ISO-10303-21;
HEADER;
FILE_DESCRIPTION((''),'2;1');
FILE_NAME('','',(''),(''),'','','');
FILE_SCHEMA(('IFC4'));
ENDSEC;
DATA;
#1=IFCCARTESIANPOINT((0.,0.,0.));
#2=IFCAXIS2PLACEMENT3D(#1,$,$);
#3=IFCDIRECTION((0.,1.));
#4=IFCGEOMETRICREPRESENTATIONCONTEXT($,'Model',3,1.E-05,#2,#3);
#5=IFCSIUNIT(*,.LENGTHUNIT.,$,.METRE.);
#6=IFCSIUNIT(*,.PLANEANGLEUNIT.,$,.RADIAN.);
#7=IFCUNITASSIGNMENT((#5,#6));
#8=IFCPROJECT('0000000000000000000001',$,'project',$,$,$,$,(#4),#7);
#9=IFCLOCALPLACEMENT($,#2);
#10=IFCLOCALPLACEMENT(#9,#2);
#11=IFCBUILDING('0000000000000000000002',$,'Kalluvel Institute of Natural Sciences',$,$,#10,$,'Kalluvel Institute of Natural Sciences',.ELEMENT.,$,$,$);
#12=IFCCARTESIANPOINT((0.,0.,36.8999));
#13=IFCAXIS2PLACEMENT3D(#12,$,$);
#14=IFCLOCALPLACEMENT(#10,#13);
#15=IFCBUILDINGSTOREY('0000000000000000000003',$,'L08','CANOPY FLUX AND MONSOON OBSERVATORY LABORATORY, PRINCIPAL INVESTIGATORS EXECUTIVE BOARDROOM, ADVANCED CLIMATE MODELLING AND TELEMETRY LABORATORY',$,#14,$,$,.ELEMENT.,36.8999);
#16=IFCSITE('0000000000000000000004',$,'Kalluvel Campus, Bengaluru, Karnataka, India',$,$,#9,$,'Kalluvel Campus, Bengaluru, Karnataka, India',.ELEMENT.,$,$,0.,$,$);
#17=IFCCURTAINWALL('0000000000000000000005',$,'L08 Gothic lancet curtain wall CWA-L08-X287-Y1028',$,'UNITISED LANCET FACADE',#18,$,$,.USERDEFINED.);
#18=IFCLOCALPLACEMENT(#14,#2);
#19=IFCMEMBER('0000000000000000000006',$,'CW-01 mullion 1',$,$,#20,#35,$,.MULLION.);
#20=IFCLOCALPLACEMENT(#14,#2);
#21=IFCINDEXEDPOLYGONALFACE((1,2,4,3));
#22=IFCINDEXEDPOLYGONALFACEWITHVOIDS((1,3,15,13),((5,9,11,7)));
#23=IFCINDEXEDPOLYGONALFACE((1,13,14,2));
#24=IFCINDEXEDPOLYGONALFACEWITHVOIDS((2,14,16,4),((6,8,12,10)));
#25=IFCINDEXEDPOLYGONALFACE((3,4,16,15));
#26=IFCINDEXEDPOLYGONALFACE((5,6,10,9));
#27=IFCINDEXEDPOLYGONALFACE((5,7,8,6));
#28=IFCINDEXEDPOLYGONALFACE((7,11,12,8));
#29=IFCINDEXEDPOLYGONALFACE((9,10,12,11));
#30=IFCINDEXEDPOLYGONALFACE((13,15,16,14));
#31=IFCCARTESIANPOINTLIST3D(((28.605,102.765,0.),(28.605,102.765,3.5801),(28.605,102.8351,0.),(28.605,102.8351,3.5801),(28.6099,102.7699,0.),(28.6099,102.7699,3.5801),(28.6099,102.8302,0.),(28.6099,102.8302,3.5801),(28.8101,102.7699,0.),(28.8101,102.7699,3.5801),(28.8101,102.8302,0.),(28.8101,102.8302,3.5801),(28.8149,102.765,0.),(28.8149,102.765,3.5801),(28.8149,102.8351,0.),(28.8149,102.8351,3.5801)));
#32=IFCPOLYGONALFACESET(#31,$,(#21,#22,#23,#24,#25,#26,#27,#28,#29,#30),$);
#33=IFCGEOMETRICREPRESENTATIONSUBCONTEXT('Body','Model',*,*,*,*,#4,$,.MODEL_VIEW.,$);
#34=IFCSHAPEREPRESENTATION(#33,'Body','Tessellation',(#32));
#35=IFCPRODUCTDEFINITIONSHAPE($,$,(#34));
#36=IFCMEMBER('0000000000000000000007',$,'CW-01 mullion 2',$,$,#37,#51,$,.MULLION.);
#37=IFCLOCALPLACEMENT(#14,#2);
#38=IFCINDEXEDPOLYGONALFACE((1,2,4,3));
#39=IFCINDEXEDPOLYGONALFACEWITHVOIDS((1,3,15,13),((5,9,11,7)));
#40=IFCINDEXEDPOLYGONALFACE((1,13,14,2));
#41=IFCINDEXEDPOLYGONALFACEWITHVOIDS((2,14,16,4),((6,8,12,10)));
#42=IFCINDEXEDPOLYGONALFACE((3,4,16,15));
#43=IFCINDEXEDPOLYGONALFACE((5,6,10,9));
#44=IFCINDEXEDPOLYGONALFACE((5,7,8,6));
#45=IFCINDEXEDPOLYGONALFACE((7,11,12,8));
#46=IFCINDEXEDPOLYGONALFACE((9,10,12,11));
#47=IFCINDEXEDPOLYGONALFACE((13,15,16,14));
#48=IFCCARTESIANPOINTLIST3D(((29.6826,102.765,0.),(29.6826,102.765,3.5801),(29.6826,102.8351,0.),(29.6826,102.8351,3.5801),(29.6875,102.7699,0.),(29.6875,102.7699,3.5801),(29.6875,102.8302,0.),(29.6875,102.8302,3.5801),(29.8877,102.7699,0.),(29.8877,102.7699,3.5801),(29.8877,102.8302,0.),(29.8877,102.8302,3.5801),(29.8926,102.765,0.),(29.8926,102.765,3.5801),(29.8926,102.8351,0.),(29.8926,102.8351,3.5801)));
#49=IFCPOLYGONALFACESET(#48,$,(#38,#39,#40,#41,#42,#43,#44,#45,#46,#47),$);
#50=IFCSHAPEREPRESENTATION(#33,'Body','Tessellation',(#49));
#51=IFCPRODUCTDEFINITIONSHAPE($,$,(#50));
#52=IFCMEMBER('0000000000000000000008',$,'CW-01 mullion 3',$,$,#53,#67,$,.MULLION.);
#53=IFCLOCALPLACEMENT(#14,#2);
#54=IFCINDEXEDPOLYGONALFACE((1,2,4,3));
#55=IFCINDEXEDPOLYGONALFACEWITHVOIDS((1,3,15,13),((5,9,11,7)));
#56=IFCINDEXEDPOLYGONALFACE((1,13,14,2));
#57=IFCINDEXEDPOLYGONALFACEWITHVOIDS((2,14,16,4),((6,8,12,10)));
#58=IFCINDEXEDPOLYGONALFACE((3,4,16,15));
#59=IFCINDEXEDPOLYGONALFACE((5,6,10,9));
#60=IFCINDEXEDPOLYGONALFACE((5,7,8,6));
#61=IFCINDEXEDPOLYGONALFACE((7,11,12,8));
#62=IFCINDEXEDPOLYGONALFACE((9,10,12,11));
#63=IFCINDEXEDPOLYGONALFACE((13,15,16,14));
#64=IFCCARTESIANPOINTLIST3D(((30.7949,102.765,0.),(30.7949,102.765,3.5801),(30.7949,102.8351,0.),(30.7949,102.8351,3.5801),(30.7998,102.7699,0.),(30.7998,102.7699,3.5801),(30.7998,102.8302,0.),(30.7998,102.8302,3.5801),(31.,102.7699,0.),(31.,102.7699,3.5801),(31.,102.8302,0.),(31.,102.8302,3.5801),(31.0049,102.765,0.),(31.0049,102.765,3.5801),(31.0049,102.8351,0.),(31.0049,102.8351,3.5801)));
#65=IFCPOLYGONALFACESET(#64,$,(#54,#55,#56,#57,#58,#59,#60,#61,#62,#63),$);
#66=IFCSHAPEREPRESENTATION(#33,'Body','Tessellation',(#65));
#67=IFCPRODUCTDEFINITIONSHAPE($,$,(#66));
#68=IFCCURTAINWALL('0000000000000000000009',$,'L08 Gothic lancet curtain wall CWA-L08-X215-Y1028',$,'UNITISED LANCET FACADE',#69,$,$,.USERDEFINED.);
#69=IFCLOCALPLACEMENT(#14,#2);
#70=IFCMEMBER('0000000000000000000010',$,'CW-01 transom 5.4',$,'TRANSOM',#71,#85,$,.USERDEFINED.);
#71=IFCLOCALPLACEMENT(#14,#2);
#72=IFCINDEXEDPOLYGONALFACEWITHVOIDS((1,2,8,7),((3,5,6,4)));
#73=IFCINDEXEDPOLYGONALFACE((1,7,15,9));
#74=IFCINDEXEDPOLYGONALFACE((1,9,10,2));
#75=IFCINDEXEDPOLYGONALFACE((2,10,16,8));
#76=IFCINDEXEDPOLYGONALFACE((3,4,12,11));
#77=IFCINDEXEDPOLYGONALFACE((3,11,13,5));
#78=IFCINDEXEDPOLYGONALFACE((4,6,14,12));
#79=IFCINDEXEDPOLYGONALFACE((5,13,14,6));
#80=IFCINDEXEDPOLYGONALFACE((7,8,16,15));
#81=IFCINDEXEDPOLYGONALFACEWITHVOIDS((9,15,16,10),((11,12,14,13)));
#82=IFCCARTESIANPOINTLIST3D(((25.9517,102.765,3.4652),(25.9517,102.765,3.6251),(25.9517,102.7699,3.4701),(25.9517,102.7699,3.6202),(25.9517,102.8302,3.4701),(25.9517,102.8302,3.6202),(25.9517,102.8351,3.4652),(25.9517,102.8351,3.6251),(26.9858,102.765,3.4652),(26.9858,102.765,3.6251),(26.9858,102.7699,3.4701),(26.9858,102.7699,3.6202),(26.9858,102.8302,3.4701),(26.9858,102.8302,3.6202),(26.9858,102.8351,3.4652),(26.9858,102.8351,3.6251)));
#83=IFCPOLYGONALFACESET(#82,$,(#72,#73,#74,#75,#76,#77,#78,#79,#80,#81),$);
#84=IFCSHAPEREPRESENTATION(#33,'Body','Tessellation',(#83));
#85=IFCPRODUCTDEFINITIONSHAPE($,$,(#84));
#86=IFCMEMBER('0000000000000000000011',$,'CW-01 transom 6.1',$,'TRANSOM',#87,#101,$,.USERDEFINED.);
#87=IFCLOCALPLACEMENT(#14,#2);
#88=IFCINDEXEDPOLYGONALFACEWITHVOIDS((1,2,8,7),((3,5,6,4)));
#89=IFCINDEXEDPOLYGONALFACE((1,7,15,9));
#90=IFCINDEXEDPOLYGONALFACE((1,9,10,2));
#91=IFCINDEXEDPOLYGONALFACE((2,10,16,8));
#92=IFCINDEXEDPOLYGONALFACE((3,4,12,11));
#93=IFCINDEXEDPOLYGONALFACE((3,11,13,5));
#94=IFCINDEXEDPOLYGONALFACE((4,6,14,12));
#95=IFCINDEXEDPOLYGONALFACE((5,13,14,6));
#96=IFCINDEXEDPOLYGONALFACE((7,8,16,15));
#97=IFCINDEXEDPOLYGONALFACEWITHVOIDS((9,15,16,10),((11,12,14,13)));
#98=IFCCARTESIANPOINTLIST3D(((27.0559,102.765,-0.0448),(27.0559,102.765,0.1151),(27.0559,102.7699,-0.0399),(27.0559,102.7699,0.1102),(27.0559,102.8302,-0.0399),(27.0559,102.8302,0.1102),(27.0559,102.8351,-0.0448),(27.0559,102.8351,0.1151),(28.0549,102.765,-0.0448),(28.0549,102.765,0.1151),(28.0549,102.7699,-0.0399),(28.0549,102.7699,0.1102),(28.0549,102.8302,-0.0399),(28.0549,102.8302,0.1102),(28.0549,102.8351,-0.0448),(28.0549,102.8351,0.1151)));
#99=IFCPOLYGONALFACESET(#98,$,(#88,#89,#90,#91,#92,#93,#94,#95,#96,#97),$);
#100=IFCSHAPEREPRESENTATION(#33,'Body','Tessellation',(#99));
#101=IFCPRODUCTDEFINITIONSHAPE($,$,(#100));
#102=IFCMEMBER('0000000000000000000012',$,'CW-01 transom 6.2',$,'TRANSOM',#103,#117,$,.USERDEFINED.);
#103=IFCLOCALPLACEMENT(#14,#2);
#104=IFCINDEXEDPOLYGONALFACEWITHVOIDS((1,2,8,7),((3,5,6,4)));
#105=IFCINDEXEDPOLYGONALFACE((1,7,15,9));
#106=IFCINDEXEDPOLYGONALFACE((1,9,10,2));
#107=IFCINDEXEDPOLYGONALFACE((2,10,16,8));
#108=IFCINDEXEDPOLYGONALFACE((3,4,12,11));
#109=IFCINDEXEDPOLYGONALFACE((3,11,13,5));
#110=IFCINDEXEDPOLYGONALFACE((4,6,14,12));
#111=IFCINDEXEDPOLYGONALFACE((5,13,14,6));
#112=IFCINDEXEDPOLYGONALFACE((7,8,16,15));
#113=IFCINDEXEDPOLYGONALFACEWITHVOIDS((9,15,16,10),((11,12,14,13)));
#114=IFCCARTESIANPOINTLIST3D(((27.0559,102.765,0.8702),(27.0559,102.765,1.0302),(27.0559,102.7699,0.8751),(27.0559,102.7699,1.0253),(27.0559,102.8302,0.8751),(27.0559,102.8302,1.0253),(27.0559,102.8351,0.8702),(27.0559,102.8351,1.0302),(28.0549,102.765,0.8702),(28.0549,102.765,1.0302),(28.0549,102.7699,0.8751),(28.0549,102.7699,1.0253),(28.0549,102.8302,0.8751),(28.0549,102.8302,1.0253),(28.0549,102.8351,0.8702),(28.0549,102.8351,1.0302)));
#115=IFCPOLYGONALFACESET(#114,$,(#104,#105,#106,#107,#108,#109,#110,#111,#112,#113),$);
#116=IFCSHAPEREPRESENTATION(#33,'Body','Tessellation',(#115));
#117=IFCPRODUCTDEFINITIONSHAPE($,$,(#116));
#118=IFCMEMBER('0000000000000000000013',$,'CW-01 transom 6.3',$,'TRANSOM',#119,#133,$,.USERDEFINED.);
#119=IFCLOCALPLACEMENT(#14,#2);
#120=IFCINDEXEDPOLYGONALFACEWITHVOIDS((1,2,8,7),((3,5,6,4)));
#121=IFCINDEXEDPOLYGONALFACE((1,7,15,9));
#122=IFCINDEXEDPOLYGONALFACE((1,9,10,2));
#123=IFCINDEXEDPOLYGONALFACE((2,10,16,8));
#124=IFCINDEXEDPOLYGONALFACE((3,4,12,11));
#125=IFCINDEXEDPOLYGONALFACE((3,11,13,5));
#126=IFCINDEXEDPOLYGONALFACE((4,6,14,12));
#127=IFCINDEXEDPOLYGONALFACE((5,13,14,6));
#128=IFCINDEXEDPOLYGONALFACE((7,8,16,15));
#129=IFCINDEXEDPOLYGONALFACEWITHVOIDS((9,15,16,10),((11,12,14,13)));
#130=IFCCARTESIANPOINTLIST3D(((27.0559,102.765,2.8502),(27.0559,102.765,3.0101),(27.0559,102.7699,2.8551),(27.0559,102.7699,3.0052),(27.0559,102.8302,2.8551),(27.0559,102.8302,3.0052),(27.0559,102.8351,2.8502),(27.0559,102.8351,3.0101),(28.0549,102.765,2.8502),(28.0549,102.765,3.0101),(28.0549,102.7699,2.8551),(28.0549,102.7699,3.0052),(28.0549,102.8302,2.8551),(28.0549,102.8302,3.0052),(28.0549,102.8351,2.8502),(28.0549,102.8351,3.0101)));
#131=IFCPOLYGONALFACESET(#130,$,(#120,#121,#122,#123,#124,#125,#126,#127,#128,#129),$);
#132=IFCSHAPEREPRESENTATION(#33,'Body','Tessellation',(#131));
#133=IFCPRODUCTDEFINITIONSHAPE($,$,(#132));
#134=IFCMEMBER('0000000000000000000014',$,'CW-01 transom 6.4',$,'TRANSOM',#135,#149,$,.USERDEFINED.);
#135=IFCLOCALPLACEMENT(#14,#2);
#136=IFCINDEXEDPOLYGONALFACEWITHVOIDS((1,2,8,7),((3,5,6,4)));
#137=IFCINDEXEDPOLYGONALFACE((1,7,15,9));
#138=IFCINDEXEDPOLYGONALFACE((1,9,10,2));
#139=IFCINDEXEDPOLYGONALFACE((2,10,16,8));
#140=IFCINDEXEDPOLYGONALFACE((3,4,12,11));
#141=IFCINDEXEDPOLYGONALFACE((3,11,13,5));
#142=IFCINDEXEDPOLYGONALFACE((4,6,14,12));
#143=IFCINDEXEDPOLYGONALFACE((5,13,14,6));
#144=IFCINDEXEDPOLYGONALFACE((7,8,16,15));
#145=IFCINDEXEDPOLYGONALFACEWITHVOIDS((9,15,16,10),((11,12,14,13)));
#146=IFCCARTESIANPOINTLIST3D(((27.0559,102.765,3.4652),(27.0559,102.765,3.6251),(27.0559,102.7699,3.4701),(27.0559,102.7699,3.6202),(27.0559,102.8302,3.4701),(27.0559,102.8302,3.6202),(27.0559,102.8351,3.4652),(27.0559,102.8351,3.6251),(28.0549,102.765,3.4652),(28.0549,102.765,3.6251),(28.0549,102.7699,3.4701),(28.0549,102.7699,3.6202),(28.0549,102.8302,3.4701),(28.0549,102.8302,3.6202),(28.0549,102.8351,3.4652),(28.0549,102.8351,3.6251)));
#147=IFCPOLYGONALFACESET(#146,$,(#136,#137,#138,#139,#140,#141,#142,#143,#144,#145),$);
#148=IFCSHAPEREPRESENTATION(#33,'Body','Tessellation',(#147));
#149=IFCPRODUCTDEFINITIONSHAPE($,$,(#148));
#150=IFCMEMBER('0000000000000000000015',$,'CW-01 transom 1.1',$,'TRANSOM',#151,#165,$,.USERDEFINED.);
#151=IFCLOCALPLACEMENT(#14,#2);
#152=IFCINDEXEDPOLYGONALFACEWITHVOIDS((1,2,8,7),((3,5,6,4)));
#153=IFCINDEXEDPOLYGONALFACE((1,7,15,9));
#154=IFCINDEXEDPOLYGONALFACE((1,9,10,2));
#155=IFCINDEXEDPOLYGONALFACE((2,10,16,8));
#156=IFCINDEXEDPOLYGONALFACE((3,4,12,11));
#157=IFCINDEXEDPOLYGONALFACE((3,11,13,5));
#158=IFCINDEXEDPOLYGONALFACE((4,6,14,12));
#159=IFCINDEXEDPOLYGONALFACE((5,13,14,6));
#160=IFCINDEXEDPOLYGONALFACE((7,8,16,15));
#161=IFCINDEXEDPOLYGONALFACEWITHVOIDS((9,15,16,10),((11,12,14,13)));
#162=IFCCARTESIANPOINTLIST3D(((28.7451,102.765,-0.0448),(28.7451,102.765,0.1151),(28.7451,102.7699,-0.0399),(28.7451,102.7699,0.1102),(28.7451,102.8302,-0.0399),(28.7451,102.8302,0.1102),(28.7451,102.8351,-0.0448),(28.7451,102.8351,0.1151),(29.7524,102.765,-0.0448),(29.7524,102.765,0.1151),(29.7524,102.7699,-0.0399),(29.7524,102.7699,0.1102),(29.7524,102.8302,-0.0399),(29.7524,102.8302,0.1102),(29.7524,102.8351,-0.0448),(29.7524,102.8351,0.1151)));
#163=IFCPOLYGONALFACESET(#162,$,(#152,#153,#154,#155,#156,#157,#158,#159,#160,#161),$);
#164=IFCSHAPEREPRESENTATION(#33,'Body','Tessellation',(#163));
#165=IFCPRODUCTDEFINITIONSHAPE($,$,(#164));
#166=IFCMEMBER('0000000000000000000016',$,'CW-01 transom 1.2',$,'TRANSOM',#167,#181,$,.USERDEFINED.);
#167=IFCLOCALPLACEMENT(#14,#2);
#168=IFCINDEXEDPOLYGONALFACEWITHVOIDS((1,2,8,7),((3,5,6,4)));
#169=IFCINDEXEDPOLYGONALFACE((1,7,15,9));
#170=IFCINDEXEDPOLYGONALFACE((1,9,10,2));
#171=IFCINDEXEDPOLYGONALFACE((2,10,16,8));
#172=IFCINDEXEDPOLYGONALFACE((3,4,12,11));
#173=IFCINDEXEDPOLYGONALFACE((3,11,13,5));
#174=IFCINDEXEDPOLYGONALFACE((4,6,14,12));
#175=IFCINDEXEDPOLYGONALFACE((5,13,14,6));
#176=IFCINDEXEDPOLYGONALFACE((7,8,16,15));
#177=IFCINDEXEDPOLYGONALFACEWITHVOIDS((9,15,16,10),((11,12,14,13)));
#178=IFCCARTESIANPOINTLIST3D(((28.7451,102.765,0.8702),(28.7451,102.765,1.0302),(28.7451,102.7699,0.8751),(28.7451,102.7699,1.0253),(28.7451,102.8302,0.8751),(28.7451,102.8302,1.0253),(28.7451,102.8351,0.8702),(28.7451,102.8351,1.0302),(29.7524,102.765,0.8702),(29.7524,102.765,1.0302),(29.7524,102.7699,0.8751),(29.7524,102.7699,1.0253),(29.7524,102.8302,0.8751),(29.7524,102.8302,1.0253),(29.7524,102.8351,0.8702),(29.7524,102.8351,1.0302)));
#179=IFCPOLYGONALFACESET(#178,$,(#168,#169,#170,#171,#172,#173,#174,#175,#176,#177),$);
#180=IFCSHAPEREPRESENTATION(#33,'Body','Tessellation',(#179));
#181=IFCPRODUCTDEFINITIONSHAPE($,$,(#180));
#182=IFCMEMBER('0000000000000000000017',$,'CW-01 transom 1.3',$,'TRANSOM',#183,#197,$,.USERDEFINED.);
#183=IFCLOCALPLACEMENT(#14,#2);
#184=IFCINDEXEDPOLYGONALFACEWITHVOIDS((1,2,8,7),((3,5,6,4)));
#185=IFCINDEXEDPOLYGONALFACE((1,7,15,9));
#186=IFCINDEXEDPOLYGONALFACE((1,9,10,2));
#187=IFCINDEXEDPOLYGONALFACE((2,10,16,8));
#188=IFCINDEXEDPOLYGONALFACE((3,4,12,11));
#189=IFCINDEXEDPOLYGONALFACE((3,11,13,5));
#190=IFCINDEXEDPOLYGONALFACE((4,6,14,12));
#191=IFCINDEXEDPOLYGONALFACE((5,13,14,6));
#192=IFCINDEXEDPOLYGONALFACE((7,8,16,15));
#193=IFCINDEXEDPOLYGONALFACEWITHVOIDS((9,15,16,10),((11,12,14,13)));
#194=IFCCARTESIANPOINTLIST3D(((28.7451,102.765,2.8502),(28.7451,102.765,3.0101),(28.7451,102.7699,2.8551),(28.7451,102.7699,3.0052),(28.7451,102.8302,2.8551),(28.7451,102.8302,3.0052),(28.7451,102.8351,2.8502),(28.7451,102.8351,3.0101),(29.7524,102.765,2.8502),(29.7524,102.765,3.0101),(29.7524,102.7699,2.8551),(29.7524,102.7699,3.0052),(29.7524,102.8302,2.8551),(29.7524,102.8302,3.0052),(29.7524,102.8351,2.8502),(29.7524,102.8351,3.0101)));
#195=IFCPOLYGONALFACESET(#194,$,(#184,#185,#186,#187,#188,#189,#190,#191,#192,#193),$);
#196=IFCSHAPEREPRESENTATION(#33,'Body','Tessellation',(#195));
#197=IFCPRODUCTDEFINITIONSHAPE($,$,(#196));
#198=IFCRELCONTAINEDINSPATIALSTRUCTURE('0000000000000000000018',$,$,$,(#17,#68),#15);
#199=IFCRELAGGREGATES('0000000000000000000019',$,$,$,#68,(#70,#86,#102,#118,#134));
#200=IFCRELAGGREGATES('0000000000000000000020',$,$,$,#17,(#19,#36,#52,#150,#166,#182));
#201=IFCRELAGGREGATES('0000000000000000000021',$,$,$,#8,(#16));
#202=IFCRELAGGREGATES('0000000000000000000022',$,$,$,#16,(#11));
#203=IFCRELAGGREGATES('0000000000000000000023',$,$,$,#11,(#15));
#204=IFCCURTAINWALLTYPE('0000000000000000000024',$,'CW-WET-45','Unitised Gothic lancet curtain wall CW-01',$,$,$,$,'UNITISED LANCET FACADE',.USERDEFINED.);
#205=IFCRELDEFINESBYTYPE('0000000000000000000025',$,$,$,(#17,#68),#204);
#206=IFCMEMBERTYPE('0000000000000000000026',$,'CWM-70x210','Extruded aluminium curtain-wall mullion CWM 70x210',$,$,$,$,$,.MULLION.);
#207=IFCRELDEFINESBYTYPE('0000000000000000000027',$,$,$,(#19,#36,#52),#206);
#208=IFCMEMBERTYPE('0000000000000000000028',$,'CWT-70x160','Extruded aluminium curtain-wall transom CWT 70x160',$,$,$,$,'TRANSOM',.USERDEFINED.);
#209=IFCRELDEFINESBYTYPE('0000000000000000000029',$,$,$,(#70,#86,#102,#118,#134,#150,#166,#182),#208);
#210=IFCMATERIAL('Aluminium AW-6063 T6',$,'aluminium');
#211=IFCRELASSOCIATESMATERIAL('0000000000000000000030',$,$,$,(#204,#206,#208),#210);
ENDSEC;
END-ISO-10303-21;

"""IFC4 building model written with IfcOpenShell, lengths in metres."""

from ifc_helpers import new_model, si_unit, direction, frame, origin, origin_2d, place, context, subcontext, project, spatial, hollow_rectangle, extrude, material, material_profile, profile_set, type_object, element, aggregate, save


model = new_model("IFC4")

# Units and contexts
model_context = context("Model", 3, precision=1e-05, world=origin(), true_north=direction((0.0, 1.0)))
body_context = subcontext(model_context, "Body", "Model", "MODEL_VIEW")
ifc_project = project(units=[si_unit("LENGTHUNIT", "METRE"), si_unit("PLANEANGLEUNIT", "RADIAN")], contexts=[model_context])

# Site, building, storey
site_placement = place(None, origin())
site = spatial("IfcSite", under=ifc_project, at=site_placement, Name="Kalluvel Campus, Bengaluru, Karnataka, India", LongName="Kalluvel Campus, Bengaluru, Karnataka, India", CompositionType="ELEMENT", RefElevation=0.0)
building_placement = place(site_placement, origin())
building = spatial("IfcBuilding", under=site, at=building_placement, Name="Kalluvel Institute of Natural Sciences", LongName="Kalluvel Institute of Natural Sciences", CompositionType="ELEMENT")
storey_placement = place(building_placement, frame((0.0, 0.0, 36.8999)))
storey = spatial("IfcBuildingStorey", under=building, at=storey_placement, Name="L08", Description="CANOPY FLUX AND MONSOON OBSERVATORY LABORATORY, PRINCIPAL INVESTIGATORS EXECUTIVE BOARDROOM, ADVANCED CLIMATE MODELLING AND TELEMETRY LABORATORY", CompositionType="ELEMENT", Elevation=36.8999)

# Curtain walls, members
ifc_material_1 = material(Name="Aluminium AW-6063 T6", Category="aluminium")
curtain_wall_type = type_object("IfcCurtainWallType", Name="CW-WET-45", Description="Unitised Gothic lancet curtain wall CW-01", ElementType="UNITISED LANCET FACADE", PredefinedType="USERDEFINED", material=ifc_material_1)
curtain_wall_1_placement = place(storey_placement, origin())
curtain_wall_1 = element("IfcCurtainWall", 1, at=curtain_wall_1_placement, inside=storey, type_object=curtain_wall_type, Name="L08 Gothic lancet curtain wall CWA-L08-X287-Y1028", ObjectType="UNITISED LANCET FACADE", PredefinedType="USERDEFINED")
ifc_material_profile_1 = material_profile(ifc_material_1, hollow_rectangle(XDim=0.0701, YDim=0.21, WallThickness=0.0049, at=origin_2d()), Name="CWM 70x210")
ifc_profile_set_1 = profile_set([ifc_material_profile_1], Name="Aluminium AW-6063 T6")
member_type_1 = type_object("IfcMemberType", Name="CWM-70x210", Description="Extruded aluminium curtain-wall mullion CWM 70x210", PredefinedType="MULLION", material=ifc_profile_set_1)
member_1_placement = place(storey_placement, frame((28.71, 102.8, 0.0), z_axis=(0.0, 0.0, 1.0), x_axis=(0.0, 1.0, 0.0)))
member_1 = element("IfcMember", 2, at=member_1_placement, type_object=member_type_1, Name="CW-01 mullion 1", PredefinedType="MULLION", context=body_context, shape_type="SweptSolid", body=[
    extrude(hollow_rectangle(XDim=0.0701, YDim=0.21, WallThickness=0.0049, at=origin_2d()), origin(), (0.0, 0.0, 1.0), 3.5801),
])
member_2_placement = place(storey_placement, frame((29.7876, 102.8, 0.0), z_axis=(0.0, 0.0, 1.0), x_axis=(0.0, 1.0, 0.0)))
member_2 = element("IfcMember", 3, at=member_2_placement, type_object=member_type_1, Name="CW-01 mullion 2", PredefinedType="MULLION", context=body_context, shape_type="SweptSolid", body=[
    extrude(hollow_rectangle(XDim=0.0701, YDim=0.21, WallThickness=0.0049, at=origin_2d()), origin(), (0.0, 0.0, 1.0), 3.5801),
])
member_3_placement = place(storey_placement, frame((30.8999, 102.8, 0.0), z_axis=(0.0, 0.0, 1.0), x_axis=(0.0, 1.0, 0.0)))
member_3 = element("IfcMember", 4, at=member_3_placement, type_object=member_type_1, Name="CW-01 mullion 3", PredefinedType="MULLION", context=body_context, shape_type="SweptSolid", body=[
    extrude(hollow_rectangle(XDim=0.0701, YDim=0.21, WallThickness=0.0049, at=origin_2d()), origin(), (0.0, 0.0, 1.0), 3.5801),
])
curtain_wall_2_placement = place(storey_placement, origin())
curtain_wall_2 = element("IfcCurtainWall", 5, at=curtain_wall_2_placement, inside=storey, type_object=curtain_wall_type, Name="L08 Gothic lancet curtain wall CWA-L08-X215-Y1028", ObjectType="UNITISED LANCET FACADE", PredefinedType="USERDEFINED")
ifc_material_profile_2 = material_profile(ifc_material_1, hollow_rectangle(XDim=0.0701, YDim=0.1599, WallThickness=0.0049, at=origin_2d()), Name="CWT 70x160")
ifc_profile_set_2 = profile_set([ifc_material_profile_2], Name="Aluminium AW-6063 T6")
member_type_2 = type_object("IfcMemberType", Name="CWT-70x160", Description="Extruded aluminium curtain-wall transom CWT 70x160", ElementType="TRANSOM", PredefinedType="USERDEFINED", material=ifc_profile_set_2)
member_4_placement = place(storey_placement, frame((25.9517, 102.8, 3.5452), z_axis=(1.0, 0.0, 0.0), x_axis=(0.0, 1.0, 0.0)))
member_4 = element("IfcMember", 6, at=member_4_placement, type_object=member_type_2, Name="CW-01 transom 5.4", ObjectType="TRANSOM", PredefinedType="USERDEFINED", context=body_context, shape_type="SweptSolid", body=[
    extrude(hollow_rectangle(XDim=0.0701, YDim=0.1599, WallThickness=0.0049, at=origin_2d()), origin(), (0.0, 0.0, 1.0), 1.0342),
])
member_5_placement = place(storey_placement, frame((27.0559, 102.8, 0.0352), z_axis=(1.0, 0.0, 0.0), x_axis=(0.0, 1.0, 0.0)))
member_5 = element("IfcMember", 7, at=member_5_placement, type_object=member_type_2, Name="CW-01 transom 6.1", ObjectType="TRANSOM", PredefinedType="USERDEFINED", context=body_context, shape_type="SweptSolid", body=[
    extrude(hollow_rectangle(XDim=0.0701, YDim=0.1599, WallThickness=0.0049, at=origin_2d()), origin(), (0.0, 0.0, 1.0), 0.999),
])
member_6_placement = place(storey_placement, frame((27.0559, 102.8, 0.9502), z_axis=(1.0, 0.0, 0.0), x_axis=(0.0, 1.0, 0.0)))
member_6 = element("IfcMember", 8, at=member_6_placement, type_object=member_type_2, Name="CW-01 transom 6.2", ObjectType="TRANSOM", PredefinedType="USERDEFINED", context=body_context, shape_type="SweptSolid", body=[
    extrude(hollow_rectangle(XDim=0.0701, YDim=0.1599, WallThickness=0.0049, at=origin_2d()), origin(), (0.0, 0.0, 1.0), 0.999),
])
member_7_placement = place(storey_placement, frame((27.0559, 102.8, 2.9302), z_axis=(1.0, 0.0, 0.0), x_axis=(0.0, 1.0, 0.0)))
member_7 = element("IfcMember", 9, at=member_7_placement, type_object=member_type_2, Name="CW-01 transom 6.3", ObjectType="TRANSOM", PredefinedType="USERDEFINED", context=body_context, shape_type="SweptSolid", body=[
    extrude(hollow_rectangle(XDim=0.0701, YDim=0.1599, WallThickness=0.0049, at=origin_2d()), origin(), (0.0, 0.0, 1.0), 0.999),
])
member_8_placement = place(storey_placement, frame((27.0559, 102.8, 3.5452), z_axis=(1.0, 0.0, 0.0), x_axis=(0.0, 1.0, 0.0)))
member_8 = element("IfcMember", 10, at=member_8_placement, type_object=member_type_2, Name="CW-01 transom 6.4", ObjectType="TRANSOM", PredefinedType="USERDEFINED", context=body_context, shape_type="SweptSolid", body=[
    extrude(hollow_rectangle(XDim=0.0701, YDim=0.1599, WallThickness=0.0049, at=origin_2d()), origin(), (0.0, 0.0, 1.0), 0.999),
])

# Members
member_9_placement = place(storey_placement, frame((28.7451, 102.8, 0.0352), z_axis=(1.0, 0.0, 0.0), x_axis=(0.0, 1.0, 0.0)))
member_9 = element("IfcMember", 11, at=member_9_placement, type_object=member_type_2, Name="CW-01 transom 1.1", ObjectType="TRANSOM", PredefinedType="USERDEFINED", context=body_context, shape_type="SweptSolid", body=[
    extrude(hollow_rectangle(XDim=0.0701, YDim=0.1599, WallThickness=0.0049, at=origin_2d()), origin(), (0.0, 0.0, 1.0), 1.0073),
])
member_10_placement = place(storey_placement, frame((28.7451, 102.8, 0.9502), z_axis=(1.0, 0.0, 0.0), x_axis=(0.0, 1.0, 0.0)))
member_10 = element("IfcMember", 12, at=member_10_placement, type_object=member_type_2, Name="CW-01 transom 1.2", ObjectType="TRANSOM", PredefinedType="USERDEFINED", context=body_context, shape_type="SweptSolid", body=[
    extrude(hollow_rectangle(XDim=0.0701, YDim=0.1599, WallThickness=0.0049, at=origin_2d()), origin(), (0.0, 0.0, 1.0), 1.0073),
])
member_11_placement = place(storey_placement, frame((28.7451, 102.8, 2.9302), z_axis=(1.0, 0.0, 0.0), x_axis=(0.0, 1.0, 0.0)))
member_11 = element("IfcMember", 13, at=member_11_placement, type_object=member_type_2, Name="CW-01 transom 1.3", ObjectType="TRANSOM", PredefinedType="USERDEFINED", context=body_context, shape_type="SweptSolid", body=[
    extrude(hollow_rectangle(XDim=0.0701, YDim=0.1599, WallThickness=0.0049, at=origin_2d()), origin(), (0.0, 0.0, 1.0), 1.0073),
])

aggregate(curtain_wall_2, [member_4, member_5, member_6, member_7, member_8])
aggregate(curtain_wall_1, [member_1, member_2, member_3, member_9, member_10, member_11])

save(model, "model.ifc")
